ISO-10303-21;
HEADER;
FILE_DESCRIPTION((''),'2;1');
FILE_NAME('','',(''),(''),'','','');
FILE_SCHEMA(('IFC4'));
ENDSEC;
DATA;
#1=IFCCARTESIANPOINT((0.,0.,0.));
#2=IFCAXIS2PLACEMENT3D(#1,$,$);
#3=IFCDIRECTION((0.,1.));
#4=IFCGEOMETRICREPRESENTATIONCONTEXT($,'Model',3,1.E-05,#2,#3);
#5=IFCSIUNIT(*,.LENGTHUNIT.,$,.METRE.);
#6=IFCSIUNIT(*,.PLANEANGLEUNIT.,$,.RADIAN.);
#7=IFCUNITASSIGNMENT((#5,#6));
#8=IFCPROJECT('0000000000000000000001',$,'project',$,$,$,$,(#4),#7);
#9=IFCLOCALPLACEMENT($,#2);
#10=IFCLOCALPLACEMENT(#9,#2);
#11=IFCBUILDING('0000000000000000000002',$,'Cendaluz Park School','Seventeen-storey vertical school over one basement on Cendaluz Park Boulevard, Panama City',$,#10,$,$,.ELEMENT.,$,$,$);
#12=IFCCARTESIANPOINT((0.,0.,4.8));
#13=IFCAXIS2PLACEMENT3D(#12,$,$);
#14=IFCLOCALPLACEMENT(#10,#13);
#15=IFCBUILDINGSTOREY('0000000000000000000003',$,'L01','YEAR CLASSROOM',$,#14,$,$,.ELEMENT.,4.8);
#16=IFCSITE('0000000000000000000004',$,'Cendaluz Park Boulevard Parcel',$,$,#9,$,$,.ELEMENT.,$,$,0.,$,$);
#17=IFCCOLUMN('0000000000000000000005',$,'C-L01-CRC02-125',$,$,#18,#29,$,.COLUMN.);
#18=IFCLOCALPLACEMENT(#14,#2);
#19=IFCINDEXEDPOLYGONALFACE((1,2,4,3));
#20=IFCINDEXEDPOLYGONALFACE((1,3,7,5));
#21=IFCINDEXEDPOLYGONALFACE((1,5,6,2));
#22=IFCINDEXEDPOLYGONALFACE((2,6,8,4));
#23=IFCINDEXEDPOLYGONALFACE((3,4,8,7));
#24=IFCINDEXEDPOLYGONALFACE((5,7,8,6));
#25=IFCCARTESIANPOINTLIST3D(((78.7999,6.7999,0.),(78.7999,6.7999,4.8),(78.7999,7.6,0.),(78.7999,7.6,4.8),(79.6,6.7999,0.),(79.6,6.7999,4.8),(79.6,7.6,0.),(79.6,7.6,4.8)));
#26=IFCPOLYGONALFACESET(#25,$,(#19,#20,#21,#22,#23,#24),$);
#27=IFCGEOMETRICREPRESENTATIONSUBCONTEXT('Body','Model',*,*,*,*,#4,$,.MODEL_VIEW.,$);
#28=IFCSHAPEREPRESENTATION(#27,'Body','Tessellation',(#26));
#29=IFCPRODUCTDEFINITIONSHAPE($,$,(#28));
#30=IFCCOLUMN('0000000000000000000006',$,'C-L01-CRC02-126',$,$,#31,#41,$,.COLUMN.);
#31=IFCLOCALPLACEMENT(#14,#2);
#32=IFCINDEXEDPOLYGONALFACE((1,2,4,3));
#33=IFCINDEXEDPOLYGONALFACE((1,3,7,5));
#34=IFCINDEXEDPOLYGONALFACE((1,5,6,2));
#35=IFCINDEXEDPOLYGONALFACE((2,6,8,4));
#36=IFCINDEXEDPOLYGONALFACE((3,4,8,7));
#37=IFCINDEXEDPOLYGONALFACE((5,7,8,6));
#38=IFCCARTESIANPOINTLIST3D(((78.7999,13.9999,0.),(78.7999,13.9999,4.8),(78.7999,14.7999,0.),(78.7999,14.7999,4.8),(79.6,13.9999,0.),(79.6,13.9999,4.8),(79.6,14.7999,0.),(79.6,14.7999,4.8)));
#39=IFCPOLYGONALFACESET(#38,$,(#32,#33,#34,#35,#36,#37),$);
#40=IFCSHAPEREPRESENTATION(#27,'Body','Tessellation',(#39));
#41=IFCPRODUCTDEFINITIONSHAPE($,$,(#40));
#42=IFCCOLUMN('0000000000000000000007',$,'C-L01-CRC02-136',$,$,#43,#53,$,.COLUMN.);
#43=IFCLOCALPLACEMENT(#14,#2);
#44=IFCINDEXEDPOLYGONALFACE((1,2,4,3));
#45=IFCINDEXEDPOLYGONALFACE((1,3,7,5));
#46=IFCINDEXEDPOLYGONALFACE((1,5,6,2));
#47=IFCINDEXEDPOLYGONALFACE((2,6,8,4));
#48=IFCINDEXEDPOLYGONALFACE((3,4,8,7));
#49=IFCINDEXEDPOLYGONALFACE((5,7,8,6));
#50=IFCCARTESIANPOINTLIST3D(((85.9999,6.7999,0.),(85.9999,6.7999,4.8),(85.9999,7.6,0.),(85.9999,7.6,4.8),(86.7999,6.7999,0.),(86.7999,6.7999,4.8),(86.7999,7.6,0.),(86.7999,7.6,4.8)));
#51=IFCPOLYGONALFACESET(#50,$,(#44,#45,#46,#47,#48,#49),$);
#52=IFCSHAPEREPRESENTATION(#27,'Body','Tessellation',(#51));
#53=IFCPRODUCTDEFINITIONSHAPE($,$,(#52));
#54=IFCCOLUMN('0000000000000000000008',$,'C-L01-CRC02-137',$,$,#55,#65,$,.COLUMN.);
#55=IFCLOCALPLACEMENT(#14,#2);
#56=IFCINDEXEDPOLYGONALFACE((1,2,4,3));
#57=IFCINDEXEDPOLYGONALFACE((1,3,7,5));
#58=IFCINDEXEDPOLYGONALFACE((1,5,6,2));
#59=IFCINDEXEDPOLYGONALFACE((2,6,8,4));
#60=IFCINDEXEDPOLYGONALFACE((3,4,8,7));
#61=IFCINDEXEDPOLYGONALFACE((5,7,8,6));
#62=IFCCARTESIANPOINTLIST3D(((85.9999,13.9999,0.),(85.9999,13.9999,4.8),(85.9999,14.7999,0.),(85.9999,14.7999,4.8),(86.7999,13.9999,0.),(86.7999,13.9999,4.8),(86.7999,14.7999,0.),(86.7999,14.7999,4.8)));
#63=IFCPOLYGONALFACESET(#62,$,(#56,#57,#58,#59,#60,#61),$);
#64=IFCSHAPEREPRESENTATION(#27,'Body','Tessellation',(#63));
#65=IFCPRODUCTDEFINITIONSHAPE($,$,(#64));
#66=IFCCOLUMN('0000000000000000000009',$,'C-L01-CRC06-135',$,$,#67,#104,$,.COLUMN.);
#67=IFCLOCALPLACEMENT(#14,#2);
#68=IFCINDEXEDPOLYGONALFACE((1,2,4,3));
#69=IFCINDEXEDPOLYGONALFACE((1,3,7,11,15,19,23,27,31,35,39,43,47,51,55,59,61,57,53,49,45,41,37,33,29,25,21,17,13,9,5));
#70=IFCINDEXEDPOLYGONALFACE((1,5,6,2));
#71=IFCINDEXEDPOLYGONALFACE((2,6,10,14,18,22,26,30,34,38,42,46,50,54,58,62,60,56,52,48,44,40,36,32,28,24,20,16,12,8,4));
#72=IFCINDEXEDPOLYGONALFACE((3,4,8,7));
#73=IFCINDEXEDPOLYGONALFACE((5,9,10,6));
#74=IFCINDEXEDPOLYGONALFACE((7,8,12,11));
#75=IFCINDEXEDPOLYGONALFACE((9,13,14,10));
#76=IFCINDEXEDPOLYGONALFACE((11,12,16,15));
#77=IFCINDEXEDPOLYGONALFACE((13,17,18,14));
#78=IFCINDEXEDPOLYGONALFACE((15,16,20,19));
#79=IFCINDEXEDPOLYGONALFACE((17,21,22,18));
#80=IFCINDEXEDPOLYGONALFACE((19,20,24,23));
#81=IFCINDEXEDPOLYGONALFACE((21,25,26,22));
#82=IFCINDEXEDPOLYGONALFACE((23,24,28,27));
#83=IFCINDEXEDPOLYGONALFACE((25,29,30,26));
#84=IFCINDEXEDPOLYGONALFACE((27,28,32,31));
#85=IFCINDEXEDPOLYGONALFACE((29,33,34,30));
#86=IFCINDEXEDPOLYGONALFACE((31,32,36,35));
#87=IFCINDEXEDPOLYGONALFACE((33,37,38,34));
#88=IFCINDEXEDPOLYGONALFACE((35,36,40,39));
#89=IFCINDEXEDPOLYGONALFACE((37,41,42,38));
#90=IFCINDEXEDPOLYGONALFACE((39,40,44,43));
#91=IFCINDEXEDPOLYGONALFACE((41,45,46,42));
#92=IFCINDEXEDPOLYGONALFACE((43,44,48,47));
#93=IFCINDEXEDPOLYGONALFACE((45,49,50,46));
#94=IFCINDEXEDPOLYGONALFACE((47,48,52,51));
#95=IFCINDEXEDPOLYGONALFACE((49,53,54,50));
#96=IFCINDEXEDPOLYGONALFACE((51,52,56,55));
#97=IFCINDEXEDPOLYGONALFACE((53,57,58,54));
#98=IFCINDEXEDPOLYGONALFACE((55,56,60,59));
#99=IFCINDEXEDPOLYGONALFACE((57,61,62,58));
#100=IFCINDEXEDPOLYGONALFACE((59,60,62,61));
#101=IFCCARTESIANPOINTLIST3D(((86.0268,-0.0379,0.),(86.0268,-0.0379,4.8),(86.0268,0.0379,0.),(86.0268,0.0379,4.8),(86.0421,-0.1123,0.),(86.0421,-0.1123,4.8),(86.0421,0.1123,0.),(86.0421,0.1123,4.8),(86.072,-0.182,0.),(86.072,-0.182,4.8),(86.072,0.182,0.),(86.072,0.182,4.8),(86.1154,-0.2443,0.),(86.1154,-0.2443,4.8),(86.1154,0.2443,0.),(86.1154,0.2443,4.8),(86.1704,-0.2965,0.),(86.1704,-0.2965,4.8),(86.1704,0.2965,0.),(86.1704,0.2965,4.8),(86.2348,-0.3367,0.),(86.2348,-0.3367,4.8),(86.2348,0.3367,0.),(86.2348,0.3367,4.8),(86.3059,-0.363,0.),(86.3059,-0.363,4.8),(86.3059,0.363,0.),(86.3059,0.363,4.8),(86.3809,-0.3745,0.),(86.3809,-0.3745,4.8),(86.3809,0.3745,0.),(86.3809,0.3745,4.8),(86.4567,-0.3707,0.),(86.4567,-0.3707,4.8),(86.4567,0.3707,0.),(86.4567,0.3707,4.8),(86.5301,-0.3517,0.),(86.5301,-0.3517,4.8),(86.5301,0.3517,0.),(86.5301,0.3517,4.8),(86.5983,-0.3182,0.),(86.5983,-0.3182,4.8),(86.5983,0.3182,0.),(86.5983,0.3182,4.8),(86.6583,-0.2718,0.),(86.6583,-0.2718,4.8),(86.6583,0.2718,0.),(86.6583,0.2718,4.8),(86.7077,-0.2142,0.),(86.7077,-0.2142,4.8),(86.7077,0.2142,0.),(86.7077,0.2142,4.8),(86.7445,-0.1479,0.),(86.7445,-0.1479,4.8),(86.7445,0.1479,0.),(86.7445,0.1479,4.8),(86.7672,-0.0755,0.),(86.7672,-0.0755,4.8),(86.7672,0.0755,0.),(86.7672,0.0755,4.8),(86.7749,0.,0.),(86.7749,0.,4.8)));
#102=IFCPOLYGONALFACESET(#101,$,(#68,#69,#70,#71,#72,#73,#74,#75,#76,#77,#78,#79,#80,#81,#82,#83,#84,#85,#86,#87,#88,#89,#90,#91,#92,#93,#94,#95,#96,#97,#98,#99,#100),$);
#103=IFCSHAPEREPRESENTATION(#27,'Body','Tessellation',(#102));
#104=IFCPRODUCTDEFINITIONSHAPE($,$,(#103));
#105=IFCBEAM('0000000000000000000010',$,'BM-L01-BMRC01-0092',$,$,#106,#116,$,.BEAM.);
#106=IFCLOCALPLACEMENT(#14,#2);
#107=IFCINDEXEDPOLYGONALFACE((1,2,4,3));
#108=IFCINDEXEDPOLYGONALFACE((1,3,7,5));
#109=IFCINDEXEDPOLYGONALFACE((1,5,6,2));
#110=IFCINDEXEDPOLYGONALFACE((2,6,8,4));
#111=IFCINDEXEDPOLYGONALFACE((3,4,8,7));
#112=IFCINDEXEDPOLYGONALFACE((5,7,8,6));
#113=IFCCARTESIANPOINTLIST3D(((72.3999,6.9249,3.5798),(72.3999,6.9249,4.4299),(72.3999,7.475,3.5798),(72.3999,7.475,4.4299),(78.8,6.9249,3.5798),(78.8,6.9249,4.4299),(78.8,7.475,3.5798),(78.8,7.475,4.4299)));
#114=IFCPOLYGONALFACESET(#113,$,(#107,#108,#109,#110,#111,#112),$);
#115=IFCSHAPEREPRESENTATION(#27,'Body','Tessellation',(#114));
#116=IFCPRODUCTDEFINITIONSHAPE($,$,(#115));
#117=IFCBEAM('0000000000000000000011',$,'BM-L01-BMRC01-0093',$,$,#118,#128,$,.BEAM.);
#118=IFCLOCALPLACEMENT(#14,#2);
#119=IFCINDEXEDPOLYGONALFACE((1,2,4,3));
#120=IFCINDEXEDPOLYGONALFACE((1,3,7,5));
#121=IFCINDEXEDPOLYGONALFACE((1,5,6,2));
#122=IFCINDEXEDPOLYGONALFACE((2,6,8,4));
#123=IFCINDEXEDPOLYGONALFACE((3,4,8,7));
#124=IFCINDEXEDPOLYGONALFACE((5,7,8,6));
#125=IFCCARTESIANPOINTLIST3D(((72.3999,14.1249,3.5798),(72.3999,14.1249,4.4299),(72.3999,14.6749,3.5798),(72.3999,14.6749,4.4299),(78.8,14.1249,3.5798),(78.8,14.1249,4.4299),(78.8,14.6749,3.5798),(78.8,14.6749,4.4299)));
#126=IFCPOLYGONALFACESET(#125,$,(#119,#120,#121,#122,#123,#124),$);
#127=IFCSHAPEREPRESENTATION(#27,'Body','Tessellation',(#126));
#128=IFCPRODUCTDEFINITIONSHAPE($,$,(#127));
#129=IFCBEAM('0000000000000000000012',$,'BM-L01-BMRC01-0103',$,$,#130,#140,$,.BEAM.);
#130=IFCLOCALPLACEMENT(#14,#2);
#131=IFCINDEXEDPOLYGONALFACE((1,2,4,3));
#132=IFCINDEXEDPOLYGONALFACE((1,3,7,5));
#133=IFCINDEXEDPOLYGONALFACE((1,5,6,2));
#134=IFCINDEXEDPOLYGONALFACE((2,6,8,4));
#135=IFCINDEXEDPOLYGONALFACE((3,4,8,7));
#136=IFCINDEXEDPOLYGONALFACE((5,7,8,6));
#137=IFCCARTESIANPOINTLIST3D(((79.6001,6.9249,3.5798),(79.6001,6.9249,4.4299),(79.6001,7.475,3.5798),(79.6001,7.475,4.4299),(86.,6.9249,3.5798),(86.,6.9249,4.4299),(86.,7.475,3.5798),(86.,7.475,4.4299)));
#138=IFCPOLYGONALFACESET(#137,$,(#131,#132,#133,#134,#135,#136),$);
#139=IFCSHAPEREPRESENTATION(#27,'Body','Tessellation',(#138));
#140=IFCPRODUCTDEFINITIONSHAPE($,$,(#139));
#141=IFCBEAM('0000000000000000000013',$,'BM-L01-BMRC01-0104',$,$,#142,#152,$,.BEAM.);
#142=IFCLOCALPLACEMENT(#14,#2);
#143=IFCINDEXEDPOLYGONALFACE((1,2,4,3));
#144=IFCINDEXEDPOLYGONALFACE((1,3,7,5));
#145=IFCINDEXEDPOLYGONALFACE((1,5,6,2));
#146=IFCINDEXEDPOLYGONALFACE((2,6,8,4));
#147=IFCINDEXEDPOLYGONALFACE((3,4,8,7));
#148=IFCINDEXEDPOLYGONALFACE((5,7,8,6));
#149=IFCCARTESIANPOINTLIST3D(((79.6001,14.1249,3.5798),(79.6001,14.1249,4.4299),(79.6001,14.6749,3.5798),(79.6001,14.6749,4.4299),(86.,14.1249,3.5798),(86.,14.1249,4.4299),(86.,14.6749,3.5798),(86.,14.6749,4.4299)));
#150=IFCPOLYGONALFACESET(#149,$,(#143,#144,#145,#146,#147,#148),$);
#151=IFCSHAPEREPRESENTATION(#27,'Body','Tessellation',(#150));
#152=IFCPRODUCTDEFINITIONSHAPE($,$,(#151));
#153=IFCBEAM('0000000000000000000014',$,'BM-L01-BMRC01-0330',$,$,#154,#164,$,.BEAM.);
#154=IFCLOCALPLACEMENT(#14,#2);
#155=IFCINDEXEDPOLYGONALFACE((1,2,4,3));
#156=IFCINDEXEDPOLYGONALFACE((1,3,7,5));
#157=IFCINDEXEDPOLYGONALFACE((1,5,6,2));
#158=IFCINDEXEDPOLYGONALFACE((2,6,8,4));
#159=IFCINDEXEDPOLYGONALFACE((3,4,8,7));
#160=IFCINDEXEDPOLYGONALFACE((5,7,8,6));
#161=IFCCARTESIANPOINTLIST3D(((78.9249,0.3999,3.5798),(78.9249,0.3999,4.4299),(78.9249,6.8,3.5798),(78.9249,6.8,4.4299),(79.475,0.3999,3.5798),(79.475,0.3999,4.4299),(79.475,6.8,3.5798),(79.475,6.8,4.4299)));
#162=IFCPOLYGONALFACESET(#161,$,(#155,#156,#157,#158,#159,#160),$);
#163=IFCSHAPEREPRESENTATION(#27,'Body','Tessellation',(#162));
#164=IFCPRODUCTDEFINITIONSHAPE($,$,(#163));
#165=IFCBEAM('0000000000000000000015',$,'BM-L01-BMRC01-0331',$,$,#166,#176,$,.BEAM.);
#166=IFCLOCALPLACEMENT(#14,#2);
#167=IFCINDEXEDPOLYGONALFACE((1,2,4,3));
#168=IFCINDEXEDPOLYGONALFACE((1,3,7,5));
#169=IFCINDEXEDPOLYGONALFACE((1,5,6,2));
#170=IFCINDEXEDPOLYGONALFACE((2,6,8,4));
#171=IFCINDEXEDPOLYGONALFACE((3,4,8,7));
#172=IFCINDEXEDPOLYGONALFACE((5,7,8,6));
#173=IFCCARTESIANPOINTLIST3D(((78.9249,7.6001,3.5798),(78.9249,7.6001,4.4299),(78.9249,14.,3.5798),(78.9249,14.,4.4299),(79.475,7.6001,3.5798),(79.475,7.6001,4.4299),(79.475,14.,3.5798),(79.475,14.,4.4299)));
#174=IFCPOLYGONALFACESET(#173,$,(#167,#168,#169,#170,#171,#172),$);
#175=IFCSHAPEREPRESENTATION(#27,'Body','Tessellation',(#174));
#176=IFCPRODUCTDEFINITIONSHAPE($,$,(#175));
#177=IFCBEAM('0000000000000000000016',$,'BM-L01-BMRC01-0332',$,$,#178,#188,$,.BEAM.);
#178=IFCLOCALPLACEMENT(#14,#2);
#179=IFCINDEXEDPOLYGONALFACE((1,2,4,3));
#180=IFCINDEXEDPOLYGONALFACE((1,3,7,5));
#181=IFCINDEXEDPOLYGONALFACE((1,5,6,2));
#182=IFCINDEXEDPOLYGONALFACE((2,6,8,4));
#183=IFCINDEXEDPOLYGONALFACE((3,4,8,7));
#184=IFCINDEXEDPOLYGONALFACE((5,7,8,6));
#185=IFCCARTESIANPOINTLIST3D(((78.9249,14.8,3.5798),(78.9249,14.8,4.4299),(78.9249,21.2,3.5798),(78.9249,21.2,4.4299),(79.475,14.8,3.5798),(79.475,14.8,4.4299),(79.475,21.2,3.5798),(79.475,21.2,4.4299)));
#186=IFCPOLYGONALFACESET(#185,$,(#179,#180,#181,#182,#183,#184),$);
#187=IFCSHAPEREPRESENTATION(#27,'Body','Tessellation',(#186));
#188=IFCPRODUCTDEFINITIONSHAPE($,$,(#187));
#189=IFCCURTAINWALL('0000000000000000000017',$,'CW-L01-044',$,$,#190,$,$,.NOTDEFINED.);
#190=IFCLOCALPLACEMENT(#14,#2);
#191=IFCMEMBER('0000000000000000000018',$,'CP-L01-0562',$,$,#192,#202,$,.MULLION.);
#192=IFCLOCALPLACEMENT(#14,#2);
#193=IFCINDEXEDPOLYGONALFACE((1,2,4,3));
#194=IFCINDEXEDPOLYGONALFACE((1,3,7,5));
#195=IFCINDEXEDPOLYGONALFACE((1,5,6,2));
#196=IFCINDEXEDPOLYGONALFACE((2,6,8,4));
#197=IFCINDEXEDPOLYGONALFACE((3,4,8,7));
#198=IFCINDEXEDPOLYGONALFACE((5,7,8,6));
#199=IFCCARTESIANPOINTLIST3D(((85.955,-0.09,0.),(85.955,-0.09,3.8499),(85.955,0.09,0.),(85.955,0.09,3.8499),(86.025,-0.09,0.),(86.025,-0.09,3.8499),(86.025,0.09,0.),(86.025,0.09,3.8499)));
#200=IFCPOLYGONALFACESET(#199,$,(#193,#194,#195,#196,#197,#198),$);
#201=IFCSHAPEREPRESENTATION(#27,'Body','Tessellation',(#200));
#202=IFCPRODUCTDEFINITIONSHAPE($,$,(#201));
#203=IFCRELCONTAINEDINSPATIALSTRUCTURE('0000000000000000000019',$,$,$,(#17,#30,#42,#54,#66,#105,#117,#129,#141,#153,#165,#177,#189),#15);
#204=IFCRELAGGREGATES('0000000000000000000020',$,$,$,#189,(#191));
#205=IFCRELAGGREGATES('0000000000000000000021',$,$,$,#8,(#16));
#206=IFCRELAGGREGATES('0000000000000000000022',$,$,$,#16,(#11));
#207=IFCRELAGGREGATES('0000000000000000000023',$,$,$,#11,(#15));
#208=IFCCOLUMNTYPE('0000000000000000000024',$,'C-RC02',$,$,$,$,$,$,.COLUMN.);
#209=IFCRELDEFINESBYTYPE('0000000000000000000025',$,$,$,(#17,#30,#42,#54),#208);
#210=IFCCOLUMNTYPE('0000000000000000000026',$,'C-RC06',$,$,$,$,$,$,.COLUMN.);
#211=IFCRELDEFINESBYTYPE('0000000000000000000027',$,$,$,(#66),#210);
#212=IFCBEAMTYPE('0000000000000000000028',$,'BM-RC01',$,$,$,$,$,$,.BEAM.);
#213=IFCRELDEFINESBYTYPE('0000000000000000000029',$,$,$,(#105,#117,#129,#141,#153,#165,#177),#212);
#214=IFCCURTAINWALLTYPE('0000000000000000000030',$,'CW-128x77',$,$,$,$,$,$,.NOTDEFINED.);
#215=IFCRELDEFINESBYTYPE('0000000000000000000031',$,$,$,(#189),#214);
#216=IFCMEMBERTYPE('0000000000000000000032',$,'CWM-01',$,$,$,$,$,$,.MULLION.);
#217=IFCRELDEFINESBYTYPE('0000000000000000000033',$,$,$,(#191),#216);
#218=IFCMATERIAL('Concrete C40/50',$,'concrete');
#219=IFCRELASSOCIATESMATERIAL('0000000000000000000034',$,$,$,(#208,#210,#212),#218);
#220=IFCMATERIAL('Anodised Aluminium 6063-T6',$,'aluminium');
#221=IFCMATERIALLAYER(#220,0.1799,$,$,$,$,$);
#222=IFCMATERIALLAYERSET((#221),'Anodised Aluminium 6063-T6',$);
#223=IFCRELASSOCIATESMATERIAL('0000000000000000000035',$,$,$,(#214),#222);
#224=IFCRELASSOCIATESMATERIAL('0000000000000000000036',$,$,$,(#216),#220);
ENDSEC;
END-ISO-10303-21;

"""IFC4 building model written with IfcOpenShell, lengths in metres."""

from ifc_helpers import new_model, si_unit, direction, frame, origin, origin_2d, place, context, subcontext, project, spatial, rectangle, circle, extrude, material, layer, layer_set, material_profile, profile_set, type_object, element, aggregate, save


model = new_model("IFC4")

# Units and contexts
model_context = context("Model", 3, precision=1e-05, world=origin(), true_north=direction((0.0, 1.0)))
body_context = subcontext(model_context, "Body", "Model", "MODEL_VIEW")
ifc_project = project(units=[si_unit("LENGTHUNIT", "METRE"), si_unit("PLANEANGLEUNIT", "RADIAN")], contexts=[model_context])

# Site, building, storey
site_placement = place(None, origin())
site = spatial("IfcSite", under=ifc_project, at=site_placement, Name="Cendaluz Park Boulevard Parcel", CompositionType="ELEMENT", RefElevation=0.0)
building_placement = place(site_placement, origin())
building = spatial("IfcBuilding", under=site, at=building_placement, Name="Cendaluz Park School", Description="Seventeen-storey vertical school over one basement on Cendaluz Park Boulevard, Panama City", CompositionType="ELEMENT")
storey_placement = place(building_placement, frame((0.0, 0.0, 4.8)))
storey = spatial("IfcBuildingStorey", under=building, at=storey_placement, Name="L01", Description="YEAR CLASSROOM", CompositionType="ELEMENT", Elevation=4.8)

# Columns
ifc_material_1 = material(Name="Concrete C40/50", Category="concrete")
ifc_material_profile_1 = material_profile(ifc_material_1, rectangle(XDim=0.8, YDim=0.8, at=origin_2d()), Name="RC 800x800", Category="concrete")
ifc_profile_set_1 = profile_set([ifc_material_profile_1], Name="Concrete C40/50")
column_type_1 = type_object("IfcColumnType", Name="C-RC02", PredefinedType="COLUMN", material=ifc_profile_set_1)
for number, where, z_axis, x_axis, name in (
    (1, (79.2, 7.2, 0.0), (0.0, 0.0, 1.0), (1.0, 0.0, 0.0), "C-L01-CRC02-125"),
    (2, (79.2, 14.3999, 0.0), (0.0, 0.0, 1.0), (1.0, 0.0, 0.0), "C-L01-CRC02-126"),
    (3, (86.3999, 7.2, 0.0), (0.0, 0.0, 1.0), (1.0, 0.0, 0.0), "C-L01-CRC02-136"),
    (4, (86.3999, 14.3999, 0.0), (0.0, 0.0, 1.0), (1.0, 0.0, 0.0), "C-L01-CRC02-137"),
):
    element("IfcColumn", number, at=place(storey_placement, frame(where, z_axis=z_axis, x_axis=x_axis)), inside=storey, type_object=column_type_1, Name=name, PredefinedType="COLUMN", context=body_context, shape_type="SweptSolid", body=[
        extrude(rectangle(XDim=0.8, YDim=0.8, at=origin_2d()), origin(), (0.0, 0.0, 1.0), 4.8),
    ])
ifc_material_profile_2 = material_profile(ifc_material_1, circle(Radius=0.375, at=origin_2d()), Name="RC D750", Category="concrete")
ifc_profile_set_2 = profile_set([ifc_material_profile_2], Name="Concrete C40/50")
column_type_2 = type_object("IfcColumnType", Name="C-RC06", PredefinedType="COLUMN", material=ifc_profile_set_2)
column_placement = place(storey_placement, frame((86.3999, 0.0, 0.0), z_axis=(0.0, 0.0, 1.0), x_axis=(1.0, 0.0, 0.0)))
element("IfcColumn", 5, at=column_placement, inside=storey, type_object=column_type_2, Name="C-L01-CRC06-135", PredefinedType="COLUMN", context=body_context, shape_type="SweptSolid", body=[
    extrude(circle(Radius=0.375, at=origin_2d()), origin(), (0.0, 0.0, 1.0), 4.8),
])

# Beams
ifc_material_profile_3 = material_profile(ifc_material_1, rectangle(XDim=0.55, YDim=0.8501, at=origin_2d()), Name="RC 550x850", Category="concrete")
ifc_profile_set_3 = profile_set([ifc_material_profile_3], Name="Concrete C40/50")
beam_type_1 = type_object("IfcBeamType", Name="BM-RC01", PredefinedType="BEAM", material=ifc_profile_set_3)
for number, where, z_axis, x_axis, name in (
    (6, (72.3999, 7.2, 4.0049), (1.0, 0.0, 0.0), (0.0, 1.0, 0.0), "BM-L01-BMRC01-0092"),
    (7, (72.3999, 14.3999, 4.0049), (1.0, 0.0, 0.0), (0.0, 1.0, 0.0), "BM-L01-BMRC01-0093"),
):
    element("IfcBeam", number, at=place(storey_placement, frame(where, z_axis=z_axis, x_axis=x_axis)), inside=storey, type_object=beam_type_1, Name=name, PredefinedType="BEAM", context=body_context, shape_type="SweptSolid", body=[
        extrude(rectangle(XDim=0.55, YDim=0.8501, at=origin_2d()), origin(), (0.0, 0.0, 1.0), 6.4001),
    ])
for number, where, z_axis, x_axis, name in (
    (8, (79.6001, 7.2, 4.0049), (1.0, 0.0, 0.0), (0.0, 1.0, 0.0), "BM-L01-BMRC01-0103"),
    (9, (79.6001, 14.3999, 4.0049), (1.0, 0.0, 0.0), (0.0, 1.0, 0.0), "BM-L01-BMRC01-0104"),
):
    element("IfcBeam", number, at=place(storey_placement, frame(where, z_axis=z_axis, x_axis=x_axis)), inside=storey, type_object=beam_type_1, Name=name, PredefinedType="BEAM", context=body_context, shape_type="SweptSolid", body=[
        extrude(rectangle(XDim=0.55, YDim=0.8501, at=origin_2d()), origin(), (0.0, 0.0, 1.0), 6.3999),
    ])
beam_1_placement = place(storey_placement, frame((79.2, 0.3999, 4.0049), z_axis=(0.0, 1.0, 0.0), x_axis=(-1.0, 0.0, 0.0)))
element("IfcBeam", 10, at=beam_1_placement, inside=storey, type_object=beam_type_1, Name="BM-L01-BMRC01-0330", PredefinedType="BEAM", context=body_context, shape_type="SweptSolid", body=[
    extrude(rectangle(XDim=0.55, YDim=0.8501, at=origin_2d()), origin(), (0.0, 0.0, 1.0), 6.4001),
])
for number, where, z_axis, x_axis, name in (
    (11, (79.2, 7.6001, 4.0049), (0.0, 1.0, 0.0), (-1.0, 0.0, 0.0), "BM-L01-BMRC01-0331"),
    (12, (79.2, 14.8, 4.0049), (0.0, 1.0, 0.0), (-1.0, 0.0, 0.0), "BM-L01-BMRC01-0332"),
):
    element("IfcBeam", number, at=place(storey_placement, frame(where, z_axis=z_axis, x_axis=x_axis)), inside=storey, type_object=beam_type_1, Name=name, PredefinedType="BEAM", context=body_context, shape_type="SweptSolid", body=[
        extrude(rectangle(XDim=0.55, YDim=0.8501, at=origin_2d()), origin(), (0.0, 0.0, 1.0), 6.3999),
    ])

# Curtain wall, member
ifc_material_2 = material(Name="Anodised Aluminium 6063-T6", Category="aluminium")
ifc_layer_1 = layer(ifc_material_2, 0.1799)
ifc_layer_set_1 = layer_set([ifc_layer_1], Name="Anodised Aluminium 6063-T6")
curtain_wall_type = type_object("IfcCurtainWallType", Name="CW-128x77", PredefinedType="NOTDEFINED", material=ifc_layer_set_1)
curtain_wall_placement = place(storey_placement, origin())
curtain_wall = element("IfcCurtainWall", 13, at=curtain_wall_placement, inside=storey, type_object=curtain_wall_type, Name="CW-L01-044", PredefinedType="NOTDEFINED")
ifc_material_profile_4 = material_profile(ifc_material_2, rectangle(XDim=0.1799, YDim=0.0701, at=origin_2d()), Name="CWM 180x70", Category="aluminium")
ifc_profile_set_4 = profile_set([ifc_material_profile_4], Name="Anodised Aluminium 6063-T6")
member_type = type_object("IfcMemberType", Name="CWM-01", PredefinedType="MULLION", material=ifc_profile_set_4)
member_placement = place(storey_placement, frame((85.99, 0.0, 0.0), z_axis=(0.0, 0.0, 1.0), x_axis=(0.0, 1.0, 0.0)))
member = element("IfcMember", 14, at=member_placement, type_object=member_type, Name="CP-L01-0562", PredefinedType="MULLION", context=body_context, shape_type="SweptSolid", body=[
    extrude(rectangle(XDim=0.1799, YDim=0.0701, at=origin_2d()), origin(), (0.0, 0.0, 1.0), 3.8499),
])
aggregate(curtain_wall, [member])

save(model, "model.ifc")
